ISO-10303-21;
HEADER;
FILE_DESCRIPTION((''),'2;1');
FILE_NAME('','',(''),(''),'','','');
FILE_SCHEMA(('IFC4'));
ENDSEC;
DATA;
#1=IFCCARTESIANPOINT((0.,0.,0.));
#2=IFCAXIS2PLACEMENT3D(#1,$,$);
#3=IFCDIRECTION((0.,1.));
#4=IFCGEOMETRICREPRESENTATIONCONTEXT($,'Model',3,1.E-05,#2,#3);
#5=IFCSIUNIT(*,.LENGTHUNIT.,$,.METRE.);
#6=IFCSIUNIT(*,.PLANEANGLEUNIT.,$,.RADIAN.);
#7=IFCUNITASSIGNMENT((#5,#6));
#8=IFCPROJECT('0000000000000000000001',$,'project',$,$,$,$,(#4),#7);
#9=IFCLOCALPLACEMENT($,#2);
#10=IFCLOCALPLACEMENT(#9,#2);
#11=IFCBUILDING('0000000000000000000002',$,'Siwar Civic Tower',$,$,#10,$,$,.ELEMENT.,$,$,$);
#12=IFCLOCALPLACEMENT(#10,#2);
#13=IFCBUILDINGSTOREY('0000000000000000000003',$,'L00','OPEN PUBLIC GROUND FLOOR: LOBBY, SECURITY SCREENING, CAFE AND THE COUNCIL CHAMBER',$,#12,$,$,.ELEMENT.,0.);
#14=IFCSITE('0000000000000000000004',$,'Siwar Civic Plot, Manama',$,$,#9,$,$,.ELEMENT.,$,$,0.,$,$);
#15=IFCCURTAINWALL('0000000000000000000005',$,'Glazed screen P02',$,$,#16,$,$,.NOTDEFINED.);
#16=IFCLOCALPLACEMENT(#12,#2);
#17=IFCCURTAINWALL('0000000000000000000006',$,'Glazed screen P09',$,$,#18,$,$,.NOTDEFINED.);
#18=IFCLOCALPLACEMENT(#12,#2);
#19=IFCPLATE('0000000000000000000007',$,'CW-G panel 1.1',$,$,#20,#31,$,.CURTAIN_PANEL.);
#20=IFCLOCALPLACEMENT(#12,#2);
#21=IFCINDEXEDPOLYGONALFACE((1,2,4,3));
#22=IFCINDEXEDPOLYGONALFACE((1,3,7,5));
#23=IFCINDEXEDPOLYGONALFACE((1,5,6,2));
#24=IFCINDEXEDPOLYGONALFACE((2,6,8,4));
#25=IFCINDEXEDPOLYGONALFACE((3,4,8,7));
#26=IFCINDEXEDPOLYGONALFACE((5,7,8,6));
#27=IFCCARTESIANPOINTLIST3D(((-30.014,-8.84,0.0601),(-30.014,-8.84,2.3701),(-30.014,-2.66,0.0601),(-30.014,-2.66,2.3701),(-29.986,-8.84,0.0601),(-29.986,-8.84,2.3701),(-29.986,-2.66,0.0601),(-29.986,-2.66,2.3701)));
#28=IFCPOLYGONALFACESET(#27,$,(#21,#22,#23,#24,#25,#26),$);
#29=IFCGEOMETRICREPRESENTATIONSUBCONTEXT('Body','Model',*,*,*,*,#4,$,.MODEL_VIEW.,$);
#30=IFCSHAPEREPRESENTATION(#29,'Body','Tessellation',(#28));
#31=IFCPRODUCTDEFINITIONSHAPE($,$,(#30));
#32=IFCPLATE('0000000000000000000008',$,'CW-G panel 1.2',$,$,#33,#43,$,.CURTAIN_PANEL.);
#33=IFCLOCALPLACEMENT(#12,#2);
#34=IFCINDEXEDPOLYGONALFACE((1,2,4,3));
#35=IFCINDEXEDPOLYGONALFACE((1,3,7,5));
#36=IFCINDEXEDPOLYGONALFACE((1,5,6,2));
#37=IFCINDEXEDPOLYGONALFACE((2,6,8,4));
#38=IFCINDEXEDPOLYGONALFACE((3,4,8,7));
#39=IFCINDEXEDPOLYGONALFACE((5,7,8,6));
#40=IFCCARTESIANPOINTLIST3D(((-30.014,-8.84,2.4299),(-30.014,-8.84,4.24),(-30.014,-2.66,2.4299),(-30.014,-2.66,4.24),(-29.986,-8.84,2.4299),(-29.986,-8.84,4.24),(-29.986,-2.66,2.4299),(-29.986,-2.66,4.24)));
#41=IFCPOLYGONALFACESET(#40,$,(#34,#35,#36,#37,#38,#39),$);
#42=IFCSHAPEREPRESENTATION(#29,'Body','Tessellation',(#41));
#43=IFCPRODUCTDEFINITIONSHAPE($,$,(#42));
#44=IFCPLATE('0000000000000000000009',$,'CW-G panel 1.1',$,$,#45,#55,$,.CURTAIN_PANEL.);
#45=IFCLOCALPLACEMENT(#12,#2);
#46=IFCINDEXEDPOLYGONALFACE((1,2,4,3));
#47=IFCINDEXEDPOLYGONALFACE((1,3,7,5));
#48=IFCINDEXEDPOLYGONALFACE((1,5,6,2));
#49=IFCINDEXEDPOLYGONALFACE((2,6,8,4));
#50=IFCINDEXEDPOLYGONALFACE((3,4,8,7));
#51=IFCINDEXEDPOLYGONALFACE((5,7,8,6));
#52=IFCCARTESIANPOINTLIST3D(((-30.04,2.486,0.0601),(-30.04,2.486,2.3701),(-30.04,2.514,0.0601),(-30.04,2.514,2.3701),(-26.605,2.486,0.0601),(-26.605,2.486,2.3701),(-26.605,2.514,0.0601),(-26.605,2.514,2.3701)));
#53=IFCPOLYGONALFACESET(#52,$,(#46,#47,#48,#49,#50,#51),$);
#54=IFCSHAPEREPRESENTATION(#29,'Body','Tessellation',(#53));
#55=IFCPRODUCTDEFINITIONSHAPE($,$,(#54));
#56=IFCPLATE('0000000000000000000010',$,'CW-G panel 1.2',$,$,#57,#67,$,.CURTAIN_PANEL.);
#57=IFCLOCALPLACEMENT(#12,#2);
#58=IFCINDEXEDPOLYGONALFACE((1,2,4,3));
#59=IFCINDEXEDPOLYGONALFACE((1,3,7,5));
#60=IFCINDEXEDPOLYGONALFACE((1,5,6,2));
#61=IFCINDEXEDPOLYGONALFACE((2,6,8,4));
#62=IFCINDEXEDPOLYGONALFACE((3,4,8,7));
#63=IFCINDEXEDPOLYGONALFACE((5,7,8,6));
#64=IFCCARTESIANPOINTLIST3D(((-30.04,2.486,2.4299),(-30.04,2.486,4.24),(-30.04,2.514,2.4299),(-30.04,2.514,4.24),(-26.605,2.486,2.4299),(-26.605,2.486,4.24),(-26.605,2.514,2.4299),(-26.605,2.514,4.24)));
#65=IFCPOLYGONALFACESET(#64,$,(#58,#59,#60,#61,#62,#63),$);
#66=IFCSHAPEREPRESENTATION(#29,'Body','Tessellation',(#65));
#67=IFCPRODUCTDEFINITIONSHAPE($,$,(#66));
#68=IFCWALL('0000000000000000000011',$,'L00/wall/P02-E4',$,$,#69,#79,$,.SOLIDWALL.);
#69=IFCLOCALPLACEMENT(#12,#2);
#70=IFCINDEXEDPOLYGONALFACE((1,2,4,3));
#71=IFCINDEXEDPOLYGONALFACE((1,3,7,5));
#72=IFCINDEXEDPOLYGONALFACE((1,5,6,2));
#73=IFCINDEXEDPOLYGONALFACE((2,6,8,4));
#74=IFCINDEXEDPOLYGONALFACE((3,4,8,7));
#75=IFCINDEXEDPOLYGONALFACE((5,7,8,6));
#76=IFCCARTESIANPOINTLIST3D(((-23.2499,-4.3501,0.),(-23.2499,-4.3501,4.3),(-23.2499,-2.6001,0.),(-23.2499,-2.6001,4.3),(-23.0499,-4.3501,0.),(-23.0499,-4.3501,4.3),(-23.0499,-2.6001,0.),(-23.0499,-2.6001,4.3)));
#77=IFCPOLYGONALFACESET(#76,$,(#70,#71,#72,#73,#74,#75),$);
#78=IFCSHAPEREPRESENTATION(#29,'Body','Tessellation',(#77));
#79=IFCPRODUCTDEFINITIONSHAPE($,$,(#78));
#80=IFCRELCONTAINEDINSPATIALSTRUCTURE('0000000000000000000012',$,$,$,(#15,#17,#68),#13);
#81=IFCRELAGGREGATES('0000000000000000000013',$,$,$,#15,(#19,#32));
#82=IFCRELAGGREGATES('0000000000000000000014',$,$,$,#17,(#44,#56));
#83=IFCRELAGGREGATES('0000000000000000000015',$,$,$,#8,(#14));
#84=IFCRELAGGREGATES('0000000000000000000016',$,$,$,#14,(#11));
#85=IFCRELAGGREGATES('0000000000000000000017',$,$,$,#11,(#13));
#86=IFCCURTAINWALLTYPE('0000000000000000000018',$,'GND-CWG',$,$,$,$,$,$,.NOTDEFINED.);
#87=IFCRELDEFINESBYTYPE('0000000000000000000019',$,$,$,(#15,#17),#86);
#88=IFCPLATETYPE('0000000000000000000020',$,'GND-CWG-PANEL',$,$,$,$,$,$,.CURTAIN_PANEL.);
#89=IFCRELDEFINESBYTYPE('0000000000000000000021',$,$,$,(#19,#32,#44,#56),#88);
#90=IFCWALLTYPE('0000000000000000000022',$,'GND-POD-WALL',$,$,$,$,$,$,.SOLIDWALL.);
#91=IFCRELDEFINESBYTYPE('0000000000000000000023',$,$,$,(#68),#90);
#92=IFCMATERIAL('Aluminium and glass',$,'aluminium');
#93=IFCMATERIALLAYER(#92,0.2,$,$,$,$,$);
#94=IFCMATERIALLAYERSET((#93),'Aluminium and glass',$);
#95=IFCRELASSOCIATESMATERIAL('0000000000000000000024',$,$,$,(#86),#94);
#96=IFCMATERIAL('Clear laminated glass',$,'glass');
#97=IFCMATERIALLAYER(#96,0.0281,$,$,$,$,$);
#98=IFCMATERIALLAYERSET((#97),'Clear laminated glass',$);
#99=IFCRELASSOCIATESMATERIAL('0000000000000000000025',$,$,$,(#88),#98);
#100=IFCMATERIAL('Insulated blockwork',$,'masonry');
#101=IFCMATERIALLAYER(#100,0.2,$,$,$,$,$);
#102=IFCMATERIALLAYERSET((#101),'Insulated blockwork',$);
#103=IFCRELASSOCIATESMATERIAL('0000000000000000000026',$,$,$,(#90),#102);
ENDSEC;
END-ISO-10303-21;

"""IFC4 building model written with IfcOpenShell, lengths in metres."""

from ifc_helpers import new_model, si_unit, direction, frame, frame_2d, origin, origin_2d, place, context, subcontext, project, spatial, rectangle, extrude, material, layer, layer_set, type_object, element, aggregate, save


model = new_model("IFC4")

# Units and contexts
model_context = context("Model", 3, precision=1e-05, world=origin(), true_north=direction((0.0, 1.0)))
body_context = subcontext(model_context, "Body", "Model", "MODEL_VIEW")
ifc_project = project(units=[si_unit("LENGTHUNIT", "METRE"), si_unit("PLANEANGLEUNIT", "RADIAN")], contexts=[model_context])

# Site, building, storey
site_placement = place(None, origin())
site = spatial("IfcSite", under=ifc_project, at=site_placement, Name="Siwar Civic Plot, Manama", CompositionType="ELEMENT", RefElevation=0.0)
building_placement = place(site_placement, origin())
building = spatial("IfcBuilding", under=site, at=building_placement, Name="Siwar Civic Tower", CompositionType="ELEMENT")
storey_placement = place(building_placement, origin())
storey = spatial("IfcBuildingStorey", under=building, at=storey_placement, Name="L00", Description="OPEN PUBLIC GROUND FLOOR: LOBBY, SECURITY SCREENING, CAFE AND THE COUNCIL CHAMBER", CompositionType="ELEMENT", Elevation=0.0)

# Shared definitions
ifc_material_1 = material(Name="Aluminium and glass", Category="aluminium")
ifc_layer_1 = layer(ifc_material_1, 0.2)
ifc_layer_set_1 = layer_set([ifc_layer_1], Name="Aluminium and glass")
curtain_wall_type = type_object("IfcCurtainWallType", Name="GND-CWG", PredefinedType="NOTDEFINED", material=ifc_layer_set_1)

# Curtain walls
curtain_wall_1_placement = place(storey_placement, origin())
curtain_wall_1 = element("IfcCurtainWall", 1, at=curtain_wall_1_placement, inside=storey, type_object=curtain_wall_type, Name="Glazed screen P02", PredefinedType="NOTDEFINED")
curtain_wall_2_placement = place(storey_placement, origin())
curtain_wall_2 = element("IfcCurtainWall", 2, at=curtain_wall_2_placement, inside=storey, type_object=curtain_wall_type, Name="Glazed screen P09", PredefinedType="NOTDEFINED")

# Plates
ifc_material_2 = material(Name="Clear laminated glass", Category="glass")
ifc_layer_2 = layer(ifc_material_2, 0.0281)
ifc_layer_set_2 = layer_set([ifc_layer_2], Name="Clear laminated glass")
plate_type = type_object("IfcPlateType", Name="GND-CWG-PANEL", PredefinedType="CURTAIN_PANEL", material=ifc_layer_set_2)
plate_1_placement = place(storey_placement, frame((-30.0, -5.75, 0.0601), z_axis=(0.0, 0.0, 1.0), x_axis=(0.0, 1.0, 0.0)))
plate_1 = element("IfcPlate", 3, at=plate_1_placement, type_object=plate_type, Name="CW-G panel 1.1", PredefinedType="CURTAIN_PANEL", context=body_context, shape_type="SweptSolid", body=[
    extrude(rectangle(XDim=6.1799, YDim=0.0281, at=origin_2d()), origin(), (0.0, 0.0, 1.0), 2.3101),
])
plate_2_placement = place(storey_placement, frame((-30.0, -5.75, 2.4299), z_axis=(0.0, 0.0, 1.0), x_axis=(0.0, 1.0, 0.0)))
plate_2 = element("IfcPlate", 4, at=plate_2_placement, type_object=plate_type, Name="CW-G panel 1.2", PredefinedType="CURTAIN_PANEL", context=body_context, shape_type="SweptSolid", body=[
    extrude(rectangle(XDim=6.1799, YDim=0.0281, at=origin_2d()), origin(), (0.0, 0.0, 1.0), 1.8101),
])
aggregate(curtain_wall_1, [plate_1, plate_2])
plate_3_placement = place(storey_placement, frame((-28.3225, 2.5, 0.0601), z_axis=(0.0, 0.0, 1.0), x_axis=(1.0, 0.0, 0.0)))
plate_3 = element("IfcPlate", 5, at=plate_3_placement, type_object=plate_type, Name="CW-G panel 1.1", PredefinedType="CURTAIN_PANEL", context=body_context, shape_type="SweptSolid", body=[
    extrude(rectangle(XDim=3.4351, YDim=0.0281, at=origin_2d()), origin(), (0.0, 0.0, 1.0), 2.3101),
])
plate_4_placement = place(storey_placement, frame((-28.3225, 2.5, 2.4299), z_axis=(0.0, 0.0, 1.0), x_axis=(1.0, 0.0, 0.0)))
plate_4 = element("IfcPlate", 6, at=plate_4_placement, type_object=plate_type, Name="CW-G panel 1.2", PredefinedType="CURTAIN_PANEL", context=body_context, shape_type="SweptSolid", body=[
    extrude(rectangle(XDim=3.4351, YDim=0.0281, at=origin_2d()), origin(), (0.0, 0.0, 1.0), 1.8101),
])
aggregate(curtain_wall_2, [plate_3, plate_4])

# Wall
ifc_material_3 = material(Name="Insulated blockwork", Category="masonry")
ifc_layer_3 = layer(ifc_material_3, 0.2)
ifc_layer_set_3 = layer_set([ifc_layer_3], Name="Insulated blockwork")
wall_type = type_object("IfcWallType", Name="GND-POD-WALL", PredefinedType="SOLIDWALL", material=ifc_layer_set_3)
wall_placement = place(storey_placement, frame((-23.1499, -4.3501, 0.0), z_axis=(0.0, 0.0, 1.0), x_axis=(0.0, 1.0, 0.0)))
element("IfcWall", 7, at=wall_placement, inside=storey, type_object=wall_type, Name="L00/wall/P02-E4", PredefinedType="SOLIDWALL", context=body_context, shape_type="SweptSolid", body=[
    extrude(rectangle(XDim=1.75, YDim=0.2, at=frame_2d((0.875, 0.0))), origin(), (0.0, 0.0, 1.0), 4.3),
])

save(model, "model.ifc")
